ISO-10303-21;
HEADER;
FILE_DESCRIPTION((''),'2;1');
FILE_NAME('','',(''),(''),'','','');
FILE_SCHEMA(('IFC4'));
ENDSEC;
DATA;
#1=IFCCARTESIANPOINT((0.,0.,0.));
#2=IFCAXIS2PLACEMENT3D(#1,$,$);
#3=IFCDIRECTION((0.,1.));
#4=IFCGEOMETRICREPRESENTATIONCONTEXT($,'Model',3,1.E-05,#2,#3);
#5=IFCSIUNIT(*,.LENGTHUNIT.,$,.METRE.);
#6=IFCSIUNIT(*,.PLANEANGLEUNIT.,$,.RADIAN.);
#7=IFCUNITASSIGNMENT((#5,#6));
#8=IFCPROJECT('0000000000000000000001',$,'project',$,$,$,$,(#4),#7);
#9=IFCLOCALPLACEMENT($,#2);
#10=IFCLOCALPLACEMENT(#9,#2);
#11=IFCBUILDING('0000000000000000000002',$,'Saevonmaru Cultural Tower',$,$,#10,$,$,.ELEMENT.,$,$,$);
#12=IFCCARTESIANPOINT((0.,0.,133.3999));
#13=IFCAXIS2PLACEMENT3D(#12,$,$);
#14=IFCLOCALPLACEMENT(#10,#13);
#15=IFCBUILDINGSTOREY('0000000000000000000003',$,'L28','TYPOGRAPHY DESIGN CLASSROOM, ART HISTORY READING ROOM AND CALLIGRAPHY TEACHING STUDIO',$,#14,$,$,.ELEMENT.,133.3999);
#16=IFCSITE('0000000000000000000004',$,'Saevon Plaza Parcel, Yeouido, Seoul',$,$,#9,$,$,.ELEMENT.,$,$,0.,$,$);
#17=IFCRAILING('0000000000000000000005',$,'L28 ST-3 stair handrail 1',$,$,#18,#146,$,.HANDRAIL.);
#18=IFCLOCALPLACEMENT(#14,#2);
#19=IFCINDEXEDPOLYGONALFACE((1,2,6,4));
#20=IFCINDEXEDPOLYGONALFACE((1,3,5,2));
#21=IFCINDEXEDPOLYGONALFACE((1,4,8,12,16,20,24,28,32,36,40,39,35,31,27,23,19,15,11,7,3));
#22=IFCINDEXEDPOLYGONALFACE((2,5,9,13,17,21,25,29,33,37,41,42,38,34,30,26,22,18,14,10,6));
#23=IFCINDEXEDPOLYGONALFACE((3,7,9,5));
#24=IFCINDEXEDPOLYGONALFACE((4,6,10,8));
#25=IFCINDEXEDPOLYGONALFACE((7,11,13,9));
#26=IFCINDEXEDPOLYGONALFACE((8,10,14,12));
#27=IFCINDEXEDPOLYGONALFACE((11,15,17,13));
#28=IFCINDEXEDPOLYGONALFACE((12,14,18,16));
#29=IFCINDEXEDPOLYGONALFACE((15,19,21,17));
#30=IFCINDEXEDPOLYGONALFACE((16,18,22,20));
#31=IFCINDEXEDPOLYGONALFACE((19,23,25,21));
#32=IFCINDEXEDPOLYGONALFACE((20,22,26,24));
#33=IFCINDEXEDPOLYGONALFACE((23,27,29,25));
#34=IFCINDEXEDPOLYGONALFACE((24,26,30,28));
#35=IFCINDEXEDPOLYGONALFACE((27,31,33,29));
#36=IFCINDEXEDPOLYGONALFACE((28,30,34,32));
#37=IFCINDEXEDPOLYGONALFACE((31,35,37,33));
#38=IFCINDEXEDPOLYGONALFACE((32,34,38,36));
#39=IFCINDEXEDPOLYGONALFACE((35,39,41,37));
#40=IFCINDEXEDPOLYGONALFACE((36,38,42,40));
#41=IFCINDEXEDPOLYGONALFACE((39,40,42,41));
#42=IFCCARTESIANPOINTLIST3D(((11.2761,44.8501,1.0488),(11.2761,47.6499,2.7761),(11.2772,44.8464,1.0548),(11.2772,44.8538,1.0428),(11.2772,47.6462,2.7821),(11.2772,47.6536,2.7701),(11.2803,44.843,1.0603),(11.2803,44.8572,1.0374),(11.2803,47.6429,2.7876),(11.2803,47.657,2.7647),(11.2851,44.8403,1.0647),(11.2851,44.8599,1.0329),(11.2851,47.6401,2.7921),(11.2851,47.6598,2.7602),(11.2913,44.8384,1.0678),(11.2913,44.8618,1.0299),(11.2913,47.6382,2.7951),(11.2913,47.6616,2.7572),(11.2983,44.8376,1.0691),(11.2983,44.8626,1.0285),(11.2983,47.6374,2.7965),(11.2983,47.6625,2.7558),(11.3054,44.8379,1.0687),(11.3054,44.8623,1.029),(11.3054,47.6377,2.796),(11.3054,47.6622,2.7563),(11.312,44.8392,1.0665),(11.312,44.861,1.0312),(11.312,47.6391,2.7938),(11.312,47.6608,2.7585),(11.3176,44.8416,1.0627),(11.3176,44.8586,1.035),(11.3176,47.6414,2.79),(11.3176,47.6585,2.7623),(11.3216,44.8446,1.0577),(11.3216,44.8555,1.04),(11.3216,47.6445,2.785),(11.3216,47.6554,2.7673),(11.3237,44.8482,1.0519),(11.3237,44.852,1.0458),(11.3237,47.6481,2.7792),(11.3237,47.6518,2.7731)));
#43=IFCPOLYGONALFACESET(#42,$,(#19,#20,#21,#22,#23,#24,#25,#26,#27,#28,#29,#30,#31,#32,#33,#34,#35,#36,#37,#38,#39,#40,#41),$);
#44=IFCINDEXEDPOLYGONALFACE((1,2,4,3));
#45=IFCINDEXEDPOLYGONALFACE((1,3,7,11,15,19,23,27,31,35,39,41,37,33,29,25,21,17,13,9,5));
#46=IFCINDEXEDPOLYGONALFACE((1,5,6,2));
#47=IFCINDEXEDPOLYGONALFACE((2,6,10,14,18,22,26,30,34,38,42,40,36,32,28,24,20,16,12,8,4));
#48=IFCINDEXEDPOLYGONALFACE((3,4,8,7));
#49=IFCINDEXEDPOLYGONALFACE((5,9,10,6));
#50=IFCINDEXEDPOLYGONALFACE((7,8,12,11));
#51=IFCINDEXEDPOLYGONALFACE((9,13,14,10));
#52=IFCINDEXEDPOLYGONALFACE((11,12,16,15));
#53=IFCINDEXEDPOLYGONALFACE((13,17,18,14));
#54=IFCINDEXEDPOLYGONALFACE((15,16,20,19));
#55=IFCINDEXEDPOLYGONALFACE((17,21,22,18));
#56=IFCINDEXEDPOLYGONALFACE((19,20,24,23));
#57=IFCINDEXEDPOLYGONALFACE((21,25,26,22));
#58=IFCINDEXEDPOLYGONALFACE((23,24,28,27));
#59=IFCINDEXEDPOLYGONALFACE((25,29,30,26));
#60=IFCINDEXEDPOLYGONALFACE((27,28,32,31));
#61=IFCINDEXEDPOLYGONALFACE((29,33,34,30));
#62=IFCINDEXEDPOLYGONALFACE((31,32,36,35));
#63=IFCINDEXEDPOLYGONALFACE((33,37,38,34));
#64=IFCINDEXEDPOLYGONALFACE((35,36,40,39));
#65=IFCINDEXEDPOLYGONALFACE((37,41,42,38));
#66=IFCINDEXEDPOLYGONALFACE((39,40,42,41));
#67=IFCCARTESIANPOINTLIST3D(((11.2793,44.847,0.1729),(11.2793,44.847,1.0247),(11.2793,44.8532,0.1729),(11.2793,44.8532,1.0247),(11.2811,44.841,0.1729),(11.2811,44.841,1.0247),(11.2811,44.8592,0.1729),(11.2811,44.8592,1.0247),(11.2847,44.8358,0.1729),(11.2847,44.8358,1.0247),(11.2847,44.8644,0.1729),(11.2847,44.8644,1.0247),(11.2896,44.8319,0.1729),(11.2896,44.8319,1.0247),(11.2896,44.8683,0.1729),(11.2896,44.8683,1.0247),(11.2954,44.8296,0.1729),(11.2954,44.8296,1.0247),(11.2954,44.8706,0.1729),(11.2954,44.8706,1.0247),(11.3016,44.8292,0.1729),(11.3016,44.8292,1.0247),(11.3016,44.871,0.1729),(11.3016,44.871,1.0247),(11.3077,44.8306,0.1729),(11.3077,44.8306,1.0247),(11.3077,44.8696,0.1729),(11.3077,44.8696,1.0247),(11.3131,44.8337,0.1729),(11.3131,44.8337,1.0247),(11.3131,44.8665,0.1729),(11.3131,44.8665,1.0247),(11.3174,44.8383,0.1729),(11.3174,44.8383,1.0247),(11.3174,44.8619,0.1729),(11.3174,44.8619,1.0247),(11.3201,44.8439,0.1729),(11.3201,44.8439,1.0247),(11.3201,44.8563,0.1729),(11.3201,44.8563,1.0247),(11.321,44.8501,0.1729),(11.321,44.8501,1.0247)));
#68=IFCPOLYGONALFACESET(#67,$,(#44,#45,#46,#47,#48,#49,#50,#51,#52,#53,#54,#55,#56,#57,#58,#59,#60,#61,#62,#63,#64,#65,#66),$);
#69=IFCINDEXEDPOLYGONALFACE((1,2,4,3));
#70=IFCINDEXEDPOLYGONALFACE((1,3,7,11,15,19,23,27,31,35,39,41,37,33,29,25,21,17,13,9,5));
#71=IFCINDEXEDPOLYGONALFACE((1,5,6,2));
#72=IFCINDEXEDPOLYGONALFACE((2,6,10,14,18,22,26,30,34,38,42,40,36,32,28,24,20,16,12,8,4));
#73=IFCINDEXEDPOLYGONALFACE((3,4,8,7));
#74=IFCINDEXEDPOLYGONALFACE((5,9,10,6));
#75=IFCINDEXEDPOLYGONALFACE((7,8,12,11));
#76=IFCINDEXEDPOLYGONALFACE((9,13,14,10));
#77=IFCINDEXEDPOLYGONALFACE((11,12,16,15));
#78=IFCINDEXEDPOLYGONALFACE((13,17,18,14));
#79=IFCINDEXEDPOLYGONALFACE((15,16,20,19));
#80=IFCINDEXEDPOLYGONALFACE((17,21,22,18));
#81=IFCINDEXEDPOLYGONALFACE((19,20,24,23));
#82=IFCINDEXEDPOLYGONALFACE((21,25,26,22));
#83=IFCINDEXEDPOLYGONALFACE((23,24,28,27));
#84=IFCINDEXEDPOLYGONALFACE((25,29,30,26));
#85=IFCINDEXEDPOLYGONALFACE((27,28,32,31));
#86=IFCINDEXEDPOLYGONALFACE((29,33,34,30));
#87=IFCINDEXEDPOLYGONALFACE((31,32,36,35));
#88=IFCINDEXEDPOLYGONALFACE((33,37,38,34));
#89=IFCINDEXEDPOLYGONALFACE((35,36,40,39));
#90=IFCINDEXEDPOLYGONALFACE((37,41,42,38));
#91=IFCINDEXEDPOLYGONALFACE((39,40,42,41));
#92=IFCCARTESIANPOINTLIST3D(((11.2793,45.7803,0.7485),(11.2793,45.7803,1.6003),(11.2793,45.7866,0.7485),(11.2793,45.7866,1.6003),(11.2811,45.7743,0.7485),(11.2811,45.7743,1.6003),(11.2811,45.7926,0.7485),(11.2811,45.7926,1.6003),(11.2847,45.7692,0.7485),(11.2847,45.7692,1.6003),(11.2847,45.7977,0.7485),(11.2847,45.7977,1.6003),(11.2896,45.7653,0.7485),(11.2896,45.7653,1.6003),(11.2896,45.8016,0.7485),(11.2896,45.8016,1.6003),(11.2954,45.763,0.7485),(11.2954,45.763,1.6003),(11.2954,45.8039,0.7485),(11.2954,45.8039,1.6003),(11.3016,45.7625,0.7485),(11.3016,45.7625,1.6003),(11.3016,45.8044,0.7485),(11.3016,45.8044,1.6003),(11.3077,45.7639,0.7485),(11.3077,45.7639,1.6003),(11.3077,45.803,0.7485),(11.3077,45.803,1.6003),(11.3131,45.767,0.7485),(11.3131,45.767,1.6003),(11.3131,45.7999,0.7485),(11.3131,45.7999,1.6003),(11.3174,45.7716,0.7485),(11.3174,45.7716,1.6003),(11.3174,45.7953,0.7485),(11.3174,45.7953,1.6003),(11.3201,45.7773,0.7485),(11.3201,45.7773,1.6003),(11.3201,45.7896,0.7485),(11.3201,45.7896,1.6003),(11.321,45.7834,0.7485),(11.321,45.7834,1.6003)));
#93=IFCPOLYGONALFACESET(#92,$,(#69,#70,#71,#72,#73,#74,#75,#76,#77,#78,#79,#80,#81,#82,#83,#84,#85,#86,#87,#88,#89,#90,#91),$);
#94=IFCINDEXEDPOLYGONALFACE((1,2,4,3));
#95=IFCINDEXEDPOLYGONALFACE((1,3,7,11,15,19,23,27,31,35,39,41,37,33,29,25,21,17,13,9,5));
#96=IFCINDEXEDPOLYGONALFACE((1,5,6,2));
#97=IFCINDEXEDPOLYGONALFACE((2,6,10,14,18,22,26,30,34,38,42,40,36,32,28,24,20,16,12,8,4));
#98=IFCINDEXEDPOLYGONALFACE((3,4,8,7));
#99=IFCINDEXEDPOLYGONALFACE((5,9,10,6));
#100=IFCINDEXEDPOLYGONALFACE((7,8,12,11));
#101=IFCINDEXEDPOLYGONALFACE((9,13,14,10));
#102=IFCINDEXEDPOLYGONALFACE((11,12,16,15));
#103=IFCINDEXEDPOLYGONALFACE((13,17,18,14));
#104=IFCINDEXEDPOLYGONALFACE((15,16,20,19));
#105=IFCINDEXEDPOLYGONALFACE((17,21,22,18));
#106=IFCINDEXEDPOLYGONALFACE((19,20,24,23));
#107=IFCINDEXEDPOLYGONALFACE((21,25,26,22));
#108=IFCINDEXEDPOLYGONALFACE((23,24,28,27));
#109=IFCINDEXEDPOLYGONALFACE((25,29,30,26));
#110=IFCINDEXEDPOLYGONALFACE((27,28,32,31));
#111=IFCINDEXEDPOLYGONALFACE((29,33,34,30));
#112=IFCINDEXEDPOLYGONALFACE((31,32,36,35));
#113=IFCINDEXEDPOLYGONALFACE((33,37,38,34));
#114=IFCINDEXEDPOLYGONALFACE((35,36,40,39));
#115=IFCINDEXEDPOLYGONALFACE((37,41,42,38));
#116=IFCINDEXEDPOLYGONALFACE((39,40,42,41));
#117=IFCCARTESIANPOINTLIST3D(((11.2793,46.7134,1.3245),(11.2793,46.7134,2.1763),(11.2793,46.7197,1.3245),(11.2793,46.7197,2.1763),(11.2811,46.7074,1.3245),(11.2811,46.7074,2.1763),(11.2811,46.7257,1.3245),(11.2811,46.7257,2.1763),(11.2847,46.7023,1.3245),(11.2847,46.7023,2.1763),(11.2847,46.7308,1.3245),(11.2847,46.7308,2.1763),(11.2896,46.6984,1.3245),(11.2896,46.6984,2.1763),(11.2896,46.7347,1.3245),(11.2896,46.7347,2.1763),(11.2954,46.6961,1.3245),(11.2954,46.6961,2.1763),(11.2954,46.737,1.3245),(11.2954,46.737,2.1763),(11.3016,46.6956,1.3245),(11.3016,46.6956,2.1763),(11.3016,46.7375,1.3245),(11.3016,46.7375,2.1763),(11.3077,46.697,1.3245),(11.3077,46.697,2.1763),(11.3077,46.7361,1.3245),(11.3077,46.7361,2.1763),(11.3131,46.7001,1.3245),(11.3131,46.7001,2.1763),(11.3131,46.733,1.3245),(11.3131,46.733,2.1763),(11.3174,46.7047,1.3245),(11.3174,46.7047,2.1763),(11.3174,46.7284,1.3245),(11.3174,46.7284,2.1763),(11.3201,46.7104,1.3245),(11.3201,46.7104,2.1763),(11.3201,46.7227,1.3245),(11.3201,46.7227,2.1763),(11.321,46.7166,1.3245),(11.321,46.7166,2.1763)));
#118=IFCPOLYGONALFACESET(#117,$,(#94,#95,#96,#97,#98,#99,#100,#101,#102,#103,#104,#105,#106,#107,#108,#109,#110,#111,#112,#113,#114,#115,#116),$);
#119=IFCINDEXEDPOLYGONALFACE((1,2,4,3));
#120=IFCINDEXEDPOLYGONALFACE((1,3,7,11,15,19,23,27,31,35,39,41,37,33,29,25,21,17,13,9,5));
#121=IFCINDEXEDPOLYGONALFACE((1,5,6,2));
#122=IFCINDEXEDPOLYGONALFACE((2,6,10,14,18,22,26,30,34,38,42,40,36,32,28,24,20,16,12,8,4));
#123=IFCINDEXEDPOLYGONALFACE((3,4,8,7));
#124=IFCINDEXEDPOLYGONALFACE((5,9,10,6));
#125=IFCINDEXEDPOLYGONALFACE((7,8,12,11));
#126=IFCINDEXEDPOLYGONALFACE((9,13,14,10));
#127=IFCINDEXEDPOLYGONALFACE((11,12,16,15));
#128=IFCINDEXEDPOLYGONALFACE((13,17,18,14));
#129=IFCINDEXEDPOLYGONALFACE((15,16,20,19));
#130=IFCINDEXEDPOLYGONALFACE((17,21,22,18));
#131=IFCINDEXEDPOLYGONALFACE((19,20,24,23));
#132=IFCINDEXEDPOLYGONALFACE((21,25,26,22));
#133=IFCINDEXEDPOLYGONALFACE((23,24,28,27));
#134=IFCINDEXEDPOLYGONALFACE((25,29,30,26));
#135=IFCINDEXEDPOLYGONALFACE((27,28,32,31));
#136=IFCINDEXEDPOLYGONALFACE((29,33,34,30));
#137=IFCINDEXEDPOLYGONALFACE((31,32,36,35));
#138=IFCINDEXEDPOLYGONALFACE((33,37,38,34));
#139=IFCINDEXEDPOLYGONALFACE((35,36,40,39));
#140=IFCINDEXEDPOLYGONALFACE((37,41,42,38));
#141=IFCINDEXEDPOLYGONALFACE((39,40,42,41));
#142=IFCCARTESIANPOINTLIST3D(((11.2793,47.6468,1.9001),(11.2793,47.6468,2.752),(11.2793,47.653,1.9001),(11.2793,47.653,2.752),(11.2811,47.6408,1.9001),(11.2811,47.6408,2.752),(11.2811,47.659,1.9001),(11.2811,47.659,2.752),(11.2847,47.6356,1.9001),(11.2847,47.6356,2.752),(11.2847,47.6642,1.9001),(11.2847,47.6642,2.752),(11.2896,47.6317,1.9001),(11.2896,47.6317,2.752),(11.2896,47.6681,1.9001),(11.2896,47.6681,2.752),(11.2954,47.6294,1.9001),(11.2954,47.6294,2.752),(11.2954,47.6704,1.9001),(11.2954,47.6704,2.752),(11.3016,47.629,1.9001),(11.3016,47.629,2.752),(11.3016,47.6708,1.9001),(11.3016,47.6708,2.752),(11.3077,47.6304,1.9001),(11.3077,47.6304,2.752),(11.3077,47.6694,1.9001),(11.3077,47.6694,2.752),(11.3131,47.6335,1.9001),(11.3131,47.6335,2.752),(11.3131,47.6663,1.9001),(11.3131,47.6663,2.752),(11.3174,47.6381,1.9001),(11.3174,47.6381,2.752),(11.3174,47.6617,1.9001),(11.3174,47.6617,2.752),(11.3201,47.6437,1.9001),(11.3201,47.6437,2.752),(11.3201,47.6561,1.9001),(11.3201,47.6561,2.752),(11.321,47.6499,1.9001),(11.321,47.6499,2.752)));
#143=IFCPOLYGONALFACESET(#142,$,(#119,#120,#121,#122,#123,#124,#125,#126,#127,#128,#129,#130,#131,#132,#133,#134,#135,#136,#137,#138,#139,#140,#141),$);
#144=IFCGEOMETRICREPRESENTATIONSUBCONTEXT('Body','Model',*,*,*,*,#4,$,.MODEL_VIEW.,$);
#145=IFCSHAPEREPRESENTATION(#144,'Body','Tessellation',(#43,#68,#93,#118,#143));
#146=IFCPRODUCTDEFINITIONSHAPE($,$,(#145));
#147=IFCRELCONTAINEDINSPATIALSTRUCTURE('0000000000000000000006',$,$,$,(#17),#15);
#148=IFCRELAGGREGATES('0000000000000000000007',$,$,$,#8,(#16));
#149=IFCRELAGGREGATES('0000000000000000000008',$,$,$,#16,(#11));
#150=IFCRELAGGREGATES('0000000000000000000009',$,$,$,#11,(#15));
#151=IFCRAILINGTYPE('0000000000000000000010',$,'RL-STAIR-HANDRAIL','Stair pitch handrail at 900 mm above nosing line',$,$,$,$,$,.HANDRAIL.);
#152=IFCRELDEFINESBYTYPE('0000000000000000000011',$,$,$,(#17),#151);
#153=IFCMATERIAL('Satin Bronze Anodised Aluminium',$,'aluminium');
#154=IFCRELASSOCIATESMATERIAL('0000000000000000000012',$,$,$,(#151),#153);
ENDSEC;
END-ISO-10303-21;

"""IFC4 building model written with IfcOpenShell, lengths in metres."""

from ifc_helpers import new_model, si_unit, direction, frame, origin, origin_2d, place, context, subcontext, project, spatial, circle, extrude, material, type_object, element, save


model = new_model("IFC4")

# Units and contexts
model_context = context("Model", 3, precision=1e-05, world=origin(), true_north=direction((0.0, 1.0)))
body_context = subcontext(model_context, "Body", "Model", "MODEL_VIEW")
ifc_project = project(units=[si_unit("LENGTHUNIT", "METRE"), si_unit("PLANEANGLEUNIT", "RADIAN")], contexts=[model_context])

# Site, building, storey
site_placement = place(None, origin())
site = spatial("IfcSite", under=ifc_project, at=site_placement, Name="Saevon Plaza Parcel, Yeouido, Seoul", CompositionType="ELEMENT", RefElevation=0.0)
building_placement = place(site_placement, origin())
building = spatial("IfcBuilding", under=site, at=building_placement, Name="Saevonmaru Cultural Tower", CompositionType="ELEMENT")
storey_placement = place(building_placement, frame((0.0, 0.0, 133.3999)))
storey = spatial("IfcBuildingStorey", under=building, at=storey_placement, Name="L28", Description="TYPOGRAPHY DESIGN CLASSROOM, ART HISTORY READING ROOM AND CALLIGRAPHY TEACHING STUDIO", CompositionType="ELEMENT", Elevation=133.3999)

# Shared definitions
ifc_material_1 = material(Name="Satin Bronze Anodised Aluminium", Category="aluminium")

# Railing
railing_type_1 = type_object("IfcRailingType", Name="RL-STAIR-HANDRAIL", Description="Stair pitch handrail at 900 mm above nosing line", PredefinedType="HANDRAIL", material=ifc_material_1)
railing_1_placement = place(storey_placement, frame((11.3, 44.8501, 0.1729)))
element("IfcRailing", 1, at=railing_1_placement, inside=storey, type_object=railing_type_1, Name="L28 ST-3 stair handrail 1", PredefinedType="HANDRAIL", context=body_context, shape_type="SweptSolid", body=[
    extrude(circle(Radius=0.0239, at=origin_2d()), frame((0.0, 0.0, 0.876), z_axis=(0.0, 0.851069, 0.525054), x_axis=(-1.0, 0.0, 0.0)), (0.0, 0.0, 1.0), 3.2898),
    extrude(circle(Radius=0.021, at=origin_2d()), origin(), (0.0, 0.0, 1.0), 0.8518),
    extrude(circle(Radius=0.021, at=origin_2d()), frame((0.0, 0.9333, 0.5757)), (0.0, 0.0, 1.0), 0.8518),
    extrude(circle(Radius=0.021, at=origin_2d()), frame((0.0, 1.8665, 1.1516)), (0.0, 0.0, 1.0), 0.8518),
    extrude(circle(Radius=0.021, at=origin_2d()), frame((0.0, 2.7998, 1.7273)), (0.0, 0.0, 1.0), 0.8518),
])

save(model, "model.ifc")
